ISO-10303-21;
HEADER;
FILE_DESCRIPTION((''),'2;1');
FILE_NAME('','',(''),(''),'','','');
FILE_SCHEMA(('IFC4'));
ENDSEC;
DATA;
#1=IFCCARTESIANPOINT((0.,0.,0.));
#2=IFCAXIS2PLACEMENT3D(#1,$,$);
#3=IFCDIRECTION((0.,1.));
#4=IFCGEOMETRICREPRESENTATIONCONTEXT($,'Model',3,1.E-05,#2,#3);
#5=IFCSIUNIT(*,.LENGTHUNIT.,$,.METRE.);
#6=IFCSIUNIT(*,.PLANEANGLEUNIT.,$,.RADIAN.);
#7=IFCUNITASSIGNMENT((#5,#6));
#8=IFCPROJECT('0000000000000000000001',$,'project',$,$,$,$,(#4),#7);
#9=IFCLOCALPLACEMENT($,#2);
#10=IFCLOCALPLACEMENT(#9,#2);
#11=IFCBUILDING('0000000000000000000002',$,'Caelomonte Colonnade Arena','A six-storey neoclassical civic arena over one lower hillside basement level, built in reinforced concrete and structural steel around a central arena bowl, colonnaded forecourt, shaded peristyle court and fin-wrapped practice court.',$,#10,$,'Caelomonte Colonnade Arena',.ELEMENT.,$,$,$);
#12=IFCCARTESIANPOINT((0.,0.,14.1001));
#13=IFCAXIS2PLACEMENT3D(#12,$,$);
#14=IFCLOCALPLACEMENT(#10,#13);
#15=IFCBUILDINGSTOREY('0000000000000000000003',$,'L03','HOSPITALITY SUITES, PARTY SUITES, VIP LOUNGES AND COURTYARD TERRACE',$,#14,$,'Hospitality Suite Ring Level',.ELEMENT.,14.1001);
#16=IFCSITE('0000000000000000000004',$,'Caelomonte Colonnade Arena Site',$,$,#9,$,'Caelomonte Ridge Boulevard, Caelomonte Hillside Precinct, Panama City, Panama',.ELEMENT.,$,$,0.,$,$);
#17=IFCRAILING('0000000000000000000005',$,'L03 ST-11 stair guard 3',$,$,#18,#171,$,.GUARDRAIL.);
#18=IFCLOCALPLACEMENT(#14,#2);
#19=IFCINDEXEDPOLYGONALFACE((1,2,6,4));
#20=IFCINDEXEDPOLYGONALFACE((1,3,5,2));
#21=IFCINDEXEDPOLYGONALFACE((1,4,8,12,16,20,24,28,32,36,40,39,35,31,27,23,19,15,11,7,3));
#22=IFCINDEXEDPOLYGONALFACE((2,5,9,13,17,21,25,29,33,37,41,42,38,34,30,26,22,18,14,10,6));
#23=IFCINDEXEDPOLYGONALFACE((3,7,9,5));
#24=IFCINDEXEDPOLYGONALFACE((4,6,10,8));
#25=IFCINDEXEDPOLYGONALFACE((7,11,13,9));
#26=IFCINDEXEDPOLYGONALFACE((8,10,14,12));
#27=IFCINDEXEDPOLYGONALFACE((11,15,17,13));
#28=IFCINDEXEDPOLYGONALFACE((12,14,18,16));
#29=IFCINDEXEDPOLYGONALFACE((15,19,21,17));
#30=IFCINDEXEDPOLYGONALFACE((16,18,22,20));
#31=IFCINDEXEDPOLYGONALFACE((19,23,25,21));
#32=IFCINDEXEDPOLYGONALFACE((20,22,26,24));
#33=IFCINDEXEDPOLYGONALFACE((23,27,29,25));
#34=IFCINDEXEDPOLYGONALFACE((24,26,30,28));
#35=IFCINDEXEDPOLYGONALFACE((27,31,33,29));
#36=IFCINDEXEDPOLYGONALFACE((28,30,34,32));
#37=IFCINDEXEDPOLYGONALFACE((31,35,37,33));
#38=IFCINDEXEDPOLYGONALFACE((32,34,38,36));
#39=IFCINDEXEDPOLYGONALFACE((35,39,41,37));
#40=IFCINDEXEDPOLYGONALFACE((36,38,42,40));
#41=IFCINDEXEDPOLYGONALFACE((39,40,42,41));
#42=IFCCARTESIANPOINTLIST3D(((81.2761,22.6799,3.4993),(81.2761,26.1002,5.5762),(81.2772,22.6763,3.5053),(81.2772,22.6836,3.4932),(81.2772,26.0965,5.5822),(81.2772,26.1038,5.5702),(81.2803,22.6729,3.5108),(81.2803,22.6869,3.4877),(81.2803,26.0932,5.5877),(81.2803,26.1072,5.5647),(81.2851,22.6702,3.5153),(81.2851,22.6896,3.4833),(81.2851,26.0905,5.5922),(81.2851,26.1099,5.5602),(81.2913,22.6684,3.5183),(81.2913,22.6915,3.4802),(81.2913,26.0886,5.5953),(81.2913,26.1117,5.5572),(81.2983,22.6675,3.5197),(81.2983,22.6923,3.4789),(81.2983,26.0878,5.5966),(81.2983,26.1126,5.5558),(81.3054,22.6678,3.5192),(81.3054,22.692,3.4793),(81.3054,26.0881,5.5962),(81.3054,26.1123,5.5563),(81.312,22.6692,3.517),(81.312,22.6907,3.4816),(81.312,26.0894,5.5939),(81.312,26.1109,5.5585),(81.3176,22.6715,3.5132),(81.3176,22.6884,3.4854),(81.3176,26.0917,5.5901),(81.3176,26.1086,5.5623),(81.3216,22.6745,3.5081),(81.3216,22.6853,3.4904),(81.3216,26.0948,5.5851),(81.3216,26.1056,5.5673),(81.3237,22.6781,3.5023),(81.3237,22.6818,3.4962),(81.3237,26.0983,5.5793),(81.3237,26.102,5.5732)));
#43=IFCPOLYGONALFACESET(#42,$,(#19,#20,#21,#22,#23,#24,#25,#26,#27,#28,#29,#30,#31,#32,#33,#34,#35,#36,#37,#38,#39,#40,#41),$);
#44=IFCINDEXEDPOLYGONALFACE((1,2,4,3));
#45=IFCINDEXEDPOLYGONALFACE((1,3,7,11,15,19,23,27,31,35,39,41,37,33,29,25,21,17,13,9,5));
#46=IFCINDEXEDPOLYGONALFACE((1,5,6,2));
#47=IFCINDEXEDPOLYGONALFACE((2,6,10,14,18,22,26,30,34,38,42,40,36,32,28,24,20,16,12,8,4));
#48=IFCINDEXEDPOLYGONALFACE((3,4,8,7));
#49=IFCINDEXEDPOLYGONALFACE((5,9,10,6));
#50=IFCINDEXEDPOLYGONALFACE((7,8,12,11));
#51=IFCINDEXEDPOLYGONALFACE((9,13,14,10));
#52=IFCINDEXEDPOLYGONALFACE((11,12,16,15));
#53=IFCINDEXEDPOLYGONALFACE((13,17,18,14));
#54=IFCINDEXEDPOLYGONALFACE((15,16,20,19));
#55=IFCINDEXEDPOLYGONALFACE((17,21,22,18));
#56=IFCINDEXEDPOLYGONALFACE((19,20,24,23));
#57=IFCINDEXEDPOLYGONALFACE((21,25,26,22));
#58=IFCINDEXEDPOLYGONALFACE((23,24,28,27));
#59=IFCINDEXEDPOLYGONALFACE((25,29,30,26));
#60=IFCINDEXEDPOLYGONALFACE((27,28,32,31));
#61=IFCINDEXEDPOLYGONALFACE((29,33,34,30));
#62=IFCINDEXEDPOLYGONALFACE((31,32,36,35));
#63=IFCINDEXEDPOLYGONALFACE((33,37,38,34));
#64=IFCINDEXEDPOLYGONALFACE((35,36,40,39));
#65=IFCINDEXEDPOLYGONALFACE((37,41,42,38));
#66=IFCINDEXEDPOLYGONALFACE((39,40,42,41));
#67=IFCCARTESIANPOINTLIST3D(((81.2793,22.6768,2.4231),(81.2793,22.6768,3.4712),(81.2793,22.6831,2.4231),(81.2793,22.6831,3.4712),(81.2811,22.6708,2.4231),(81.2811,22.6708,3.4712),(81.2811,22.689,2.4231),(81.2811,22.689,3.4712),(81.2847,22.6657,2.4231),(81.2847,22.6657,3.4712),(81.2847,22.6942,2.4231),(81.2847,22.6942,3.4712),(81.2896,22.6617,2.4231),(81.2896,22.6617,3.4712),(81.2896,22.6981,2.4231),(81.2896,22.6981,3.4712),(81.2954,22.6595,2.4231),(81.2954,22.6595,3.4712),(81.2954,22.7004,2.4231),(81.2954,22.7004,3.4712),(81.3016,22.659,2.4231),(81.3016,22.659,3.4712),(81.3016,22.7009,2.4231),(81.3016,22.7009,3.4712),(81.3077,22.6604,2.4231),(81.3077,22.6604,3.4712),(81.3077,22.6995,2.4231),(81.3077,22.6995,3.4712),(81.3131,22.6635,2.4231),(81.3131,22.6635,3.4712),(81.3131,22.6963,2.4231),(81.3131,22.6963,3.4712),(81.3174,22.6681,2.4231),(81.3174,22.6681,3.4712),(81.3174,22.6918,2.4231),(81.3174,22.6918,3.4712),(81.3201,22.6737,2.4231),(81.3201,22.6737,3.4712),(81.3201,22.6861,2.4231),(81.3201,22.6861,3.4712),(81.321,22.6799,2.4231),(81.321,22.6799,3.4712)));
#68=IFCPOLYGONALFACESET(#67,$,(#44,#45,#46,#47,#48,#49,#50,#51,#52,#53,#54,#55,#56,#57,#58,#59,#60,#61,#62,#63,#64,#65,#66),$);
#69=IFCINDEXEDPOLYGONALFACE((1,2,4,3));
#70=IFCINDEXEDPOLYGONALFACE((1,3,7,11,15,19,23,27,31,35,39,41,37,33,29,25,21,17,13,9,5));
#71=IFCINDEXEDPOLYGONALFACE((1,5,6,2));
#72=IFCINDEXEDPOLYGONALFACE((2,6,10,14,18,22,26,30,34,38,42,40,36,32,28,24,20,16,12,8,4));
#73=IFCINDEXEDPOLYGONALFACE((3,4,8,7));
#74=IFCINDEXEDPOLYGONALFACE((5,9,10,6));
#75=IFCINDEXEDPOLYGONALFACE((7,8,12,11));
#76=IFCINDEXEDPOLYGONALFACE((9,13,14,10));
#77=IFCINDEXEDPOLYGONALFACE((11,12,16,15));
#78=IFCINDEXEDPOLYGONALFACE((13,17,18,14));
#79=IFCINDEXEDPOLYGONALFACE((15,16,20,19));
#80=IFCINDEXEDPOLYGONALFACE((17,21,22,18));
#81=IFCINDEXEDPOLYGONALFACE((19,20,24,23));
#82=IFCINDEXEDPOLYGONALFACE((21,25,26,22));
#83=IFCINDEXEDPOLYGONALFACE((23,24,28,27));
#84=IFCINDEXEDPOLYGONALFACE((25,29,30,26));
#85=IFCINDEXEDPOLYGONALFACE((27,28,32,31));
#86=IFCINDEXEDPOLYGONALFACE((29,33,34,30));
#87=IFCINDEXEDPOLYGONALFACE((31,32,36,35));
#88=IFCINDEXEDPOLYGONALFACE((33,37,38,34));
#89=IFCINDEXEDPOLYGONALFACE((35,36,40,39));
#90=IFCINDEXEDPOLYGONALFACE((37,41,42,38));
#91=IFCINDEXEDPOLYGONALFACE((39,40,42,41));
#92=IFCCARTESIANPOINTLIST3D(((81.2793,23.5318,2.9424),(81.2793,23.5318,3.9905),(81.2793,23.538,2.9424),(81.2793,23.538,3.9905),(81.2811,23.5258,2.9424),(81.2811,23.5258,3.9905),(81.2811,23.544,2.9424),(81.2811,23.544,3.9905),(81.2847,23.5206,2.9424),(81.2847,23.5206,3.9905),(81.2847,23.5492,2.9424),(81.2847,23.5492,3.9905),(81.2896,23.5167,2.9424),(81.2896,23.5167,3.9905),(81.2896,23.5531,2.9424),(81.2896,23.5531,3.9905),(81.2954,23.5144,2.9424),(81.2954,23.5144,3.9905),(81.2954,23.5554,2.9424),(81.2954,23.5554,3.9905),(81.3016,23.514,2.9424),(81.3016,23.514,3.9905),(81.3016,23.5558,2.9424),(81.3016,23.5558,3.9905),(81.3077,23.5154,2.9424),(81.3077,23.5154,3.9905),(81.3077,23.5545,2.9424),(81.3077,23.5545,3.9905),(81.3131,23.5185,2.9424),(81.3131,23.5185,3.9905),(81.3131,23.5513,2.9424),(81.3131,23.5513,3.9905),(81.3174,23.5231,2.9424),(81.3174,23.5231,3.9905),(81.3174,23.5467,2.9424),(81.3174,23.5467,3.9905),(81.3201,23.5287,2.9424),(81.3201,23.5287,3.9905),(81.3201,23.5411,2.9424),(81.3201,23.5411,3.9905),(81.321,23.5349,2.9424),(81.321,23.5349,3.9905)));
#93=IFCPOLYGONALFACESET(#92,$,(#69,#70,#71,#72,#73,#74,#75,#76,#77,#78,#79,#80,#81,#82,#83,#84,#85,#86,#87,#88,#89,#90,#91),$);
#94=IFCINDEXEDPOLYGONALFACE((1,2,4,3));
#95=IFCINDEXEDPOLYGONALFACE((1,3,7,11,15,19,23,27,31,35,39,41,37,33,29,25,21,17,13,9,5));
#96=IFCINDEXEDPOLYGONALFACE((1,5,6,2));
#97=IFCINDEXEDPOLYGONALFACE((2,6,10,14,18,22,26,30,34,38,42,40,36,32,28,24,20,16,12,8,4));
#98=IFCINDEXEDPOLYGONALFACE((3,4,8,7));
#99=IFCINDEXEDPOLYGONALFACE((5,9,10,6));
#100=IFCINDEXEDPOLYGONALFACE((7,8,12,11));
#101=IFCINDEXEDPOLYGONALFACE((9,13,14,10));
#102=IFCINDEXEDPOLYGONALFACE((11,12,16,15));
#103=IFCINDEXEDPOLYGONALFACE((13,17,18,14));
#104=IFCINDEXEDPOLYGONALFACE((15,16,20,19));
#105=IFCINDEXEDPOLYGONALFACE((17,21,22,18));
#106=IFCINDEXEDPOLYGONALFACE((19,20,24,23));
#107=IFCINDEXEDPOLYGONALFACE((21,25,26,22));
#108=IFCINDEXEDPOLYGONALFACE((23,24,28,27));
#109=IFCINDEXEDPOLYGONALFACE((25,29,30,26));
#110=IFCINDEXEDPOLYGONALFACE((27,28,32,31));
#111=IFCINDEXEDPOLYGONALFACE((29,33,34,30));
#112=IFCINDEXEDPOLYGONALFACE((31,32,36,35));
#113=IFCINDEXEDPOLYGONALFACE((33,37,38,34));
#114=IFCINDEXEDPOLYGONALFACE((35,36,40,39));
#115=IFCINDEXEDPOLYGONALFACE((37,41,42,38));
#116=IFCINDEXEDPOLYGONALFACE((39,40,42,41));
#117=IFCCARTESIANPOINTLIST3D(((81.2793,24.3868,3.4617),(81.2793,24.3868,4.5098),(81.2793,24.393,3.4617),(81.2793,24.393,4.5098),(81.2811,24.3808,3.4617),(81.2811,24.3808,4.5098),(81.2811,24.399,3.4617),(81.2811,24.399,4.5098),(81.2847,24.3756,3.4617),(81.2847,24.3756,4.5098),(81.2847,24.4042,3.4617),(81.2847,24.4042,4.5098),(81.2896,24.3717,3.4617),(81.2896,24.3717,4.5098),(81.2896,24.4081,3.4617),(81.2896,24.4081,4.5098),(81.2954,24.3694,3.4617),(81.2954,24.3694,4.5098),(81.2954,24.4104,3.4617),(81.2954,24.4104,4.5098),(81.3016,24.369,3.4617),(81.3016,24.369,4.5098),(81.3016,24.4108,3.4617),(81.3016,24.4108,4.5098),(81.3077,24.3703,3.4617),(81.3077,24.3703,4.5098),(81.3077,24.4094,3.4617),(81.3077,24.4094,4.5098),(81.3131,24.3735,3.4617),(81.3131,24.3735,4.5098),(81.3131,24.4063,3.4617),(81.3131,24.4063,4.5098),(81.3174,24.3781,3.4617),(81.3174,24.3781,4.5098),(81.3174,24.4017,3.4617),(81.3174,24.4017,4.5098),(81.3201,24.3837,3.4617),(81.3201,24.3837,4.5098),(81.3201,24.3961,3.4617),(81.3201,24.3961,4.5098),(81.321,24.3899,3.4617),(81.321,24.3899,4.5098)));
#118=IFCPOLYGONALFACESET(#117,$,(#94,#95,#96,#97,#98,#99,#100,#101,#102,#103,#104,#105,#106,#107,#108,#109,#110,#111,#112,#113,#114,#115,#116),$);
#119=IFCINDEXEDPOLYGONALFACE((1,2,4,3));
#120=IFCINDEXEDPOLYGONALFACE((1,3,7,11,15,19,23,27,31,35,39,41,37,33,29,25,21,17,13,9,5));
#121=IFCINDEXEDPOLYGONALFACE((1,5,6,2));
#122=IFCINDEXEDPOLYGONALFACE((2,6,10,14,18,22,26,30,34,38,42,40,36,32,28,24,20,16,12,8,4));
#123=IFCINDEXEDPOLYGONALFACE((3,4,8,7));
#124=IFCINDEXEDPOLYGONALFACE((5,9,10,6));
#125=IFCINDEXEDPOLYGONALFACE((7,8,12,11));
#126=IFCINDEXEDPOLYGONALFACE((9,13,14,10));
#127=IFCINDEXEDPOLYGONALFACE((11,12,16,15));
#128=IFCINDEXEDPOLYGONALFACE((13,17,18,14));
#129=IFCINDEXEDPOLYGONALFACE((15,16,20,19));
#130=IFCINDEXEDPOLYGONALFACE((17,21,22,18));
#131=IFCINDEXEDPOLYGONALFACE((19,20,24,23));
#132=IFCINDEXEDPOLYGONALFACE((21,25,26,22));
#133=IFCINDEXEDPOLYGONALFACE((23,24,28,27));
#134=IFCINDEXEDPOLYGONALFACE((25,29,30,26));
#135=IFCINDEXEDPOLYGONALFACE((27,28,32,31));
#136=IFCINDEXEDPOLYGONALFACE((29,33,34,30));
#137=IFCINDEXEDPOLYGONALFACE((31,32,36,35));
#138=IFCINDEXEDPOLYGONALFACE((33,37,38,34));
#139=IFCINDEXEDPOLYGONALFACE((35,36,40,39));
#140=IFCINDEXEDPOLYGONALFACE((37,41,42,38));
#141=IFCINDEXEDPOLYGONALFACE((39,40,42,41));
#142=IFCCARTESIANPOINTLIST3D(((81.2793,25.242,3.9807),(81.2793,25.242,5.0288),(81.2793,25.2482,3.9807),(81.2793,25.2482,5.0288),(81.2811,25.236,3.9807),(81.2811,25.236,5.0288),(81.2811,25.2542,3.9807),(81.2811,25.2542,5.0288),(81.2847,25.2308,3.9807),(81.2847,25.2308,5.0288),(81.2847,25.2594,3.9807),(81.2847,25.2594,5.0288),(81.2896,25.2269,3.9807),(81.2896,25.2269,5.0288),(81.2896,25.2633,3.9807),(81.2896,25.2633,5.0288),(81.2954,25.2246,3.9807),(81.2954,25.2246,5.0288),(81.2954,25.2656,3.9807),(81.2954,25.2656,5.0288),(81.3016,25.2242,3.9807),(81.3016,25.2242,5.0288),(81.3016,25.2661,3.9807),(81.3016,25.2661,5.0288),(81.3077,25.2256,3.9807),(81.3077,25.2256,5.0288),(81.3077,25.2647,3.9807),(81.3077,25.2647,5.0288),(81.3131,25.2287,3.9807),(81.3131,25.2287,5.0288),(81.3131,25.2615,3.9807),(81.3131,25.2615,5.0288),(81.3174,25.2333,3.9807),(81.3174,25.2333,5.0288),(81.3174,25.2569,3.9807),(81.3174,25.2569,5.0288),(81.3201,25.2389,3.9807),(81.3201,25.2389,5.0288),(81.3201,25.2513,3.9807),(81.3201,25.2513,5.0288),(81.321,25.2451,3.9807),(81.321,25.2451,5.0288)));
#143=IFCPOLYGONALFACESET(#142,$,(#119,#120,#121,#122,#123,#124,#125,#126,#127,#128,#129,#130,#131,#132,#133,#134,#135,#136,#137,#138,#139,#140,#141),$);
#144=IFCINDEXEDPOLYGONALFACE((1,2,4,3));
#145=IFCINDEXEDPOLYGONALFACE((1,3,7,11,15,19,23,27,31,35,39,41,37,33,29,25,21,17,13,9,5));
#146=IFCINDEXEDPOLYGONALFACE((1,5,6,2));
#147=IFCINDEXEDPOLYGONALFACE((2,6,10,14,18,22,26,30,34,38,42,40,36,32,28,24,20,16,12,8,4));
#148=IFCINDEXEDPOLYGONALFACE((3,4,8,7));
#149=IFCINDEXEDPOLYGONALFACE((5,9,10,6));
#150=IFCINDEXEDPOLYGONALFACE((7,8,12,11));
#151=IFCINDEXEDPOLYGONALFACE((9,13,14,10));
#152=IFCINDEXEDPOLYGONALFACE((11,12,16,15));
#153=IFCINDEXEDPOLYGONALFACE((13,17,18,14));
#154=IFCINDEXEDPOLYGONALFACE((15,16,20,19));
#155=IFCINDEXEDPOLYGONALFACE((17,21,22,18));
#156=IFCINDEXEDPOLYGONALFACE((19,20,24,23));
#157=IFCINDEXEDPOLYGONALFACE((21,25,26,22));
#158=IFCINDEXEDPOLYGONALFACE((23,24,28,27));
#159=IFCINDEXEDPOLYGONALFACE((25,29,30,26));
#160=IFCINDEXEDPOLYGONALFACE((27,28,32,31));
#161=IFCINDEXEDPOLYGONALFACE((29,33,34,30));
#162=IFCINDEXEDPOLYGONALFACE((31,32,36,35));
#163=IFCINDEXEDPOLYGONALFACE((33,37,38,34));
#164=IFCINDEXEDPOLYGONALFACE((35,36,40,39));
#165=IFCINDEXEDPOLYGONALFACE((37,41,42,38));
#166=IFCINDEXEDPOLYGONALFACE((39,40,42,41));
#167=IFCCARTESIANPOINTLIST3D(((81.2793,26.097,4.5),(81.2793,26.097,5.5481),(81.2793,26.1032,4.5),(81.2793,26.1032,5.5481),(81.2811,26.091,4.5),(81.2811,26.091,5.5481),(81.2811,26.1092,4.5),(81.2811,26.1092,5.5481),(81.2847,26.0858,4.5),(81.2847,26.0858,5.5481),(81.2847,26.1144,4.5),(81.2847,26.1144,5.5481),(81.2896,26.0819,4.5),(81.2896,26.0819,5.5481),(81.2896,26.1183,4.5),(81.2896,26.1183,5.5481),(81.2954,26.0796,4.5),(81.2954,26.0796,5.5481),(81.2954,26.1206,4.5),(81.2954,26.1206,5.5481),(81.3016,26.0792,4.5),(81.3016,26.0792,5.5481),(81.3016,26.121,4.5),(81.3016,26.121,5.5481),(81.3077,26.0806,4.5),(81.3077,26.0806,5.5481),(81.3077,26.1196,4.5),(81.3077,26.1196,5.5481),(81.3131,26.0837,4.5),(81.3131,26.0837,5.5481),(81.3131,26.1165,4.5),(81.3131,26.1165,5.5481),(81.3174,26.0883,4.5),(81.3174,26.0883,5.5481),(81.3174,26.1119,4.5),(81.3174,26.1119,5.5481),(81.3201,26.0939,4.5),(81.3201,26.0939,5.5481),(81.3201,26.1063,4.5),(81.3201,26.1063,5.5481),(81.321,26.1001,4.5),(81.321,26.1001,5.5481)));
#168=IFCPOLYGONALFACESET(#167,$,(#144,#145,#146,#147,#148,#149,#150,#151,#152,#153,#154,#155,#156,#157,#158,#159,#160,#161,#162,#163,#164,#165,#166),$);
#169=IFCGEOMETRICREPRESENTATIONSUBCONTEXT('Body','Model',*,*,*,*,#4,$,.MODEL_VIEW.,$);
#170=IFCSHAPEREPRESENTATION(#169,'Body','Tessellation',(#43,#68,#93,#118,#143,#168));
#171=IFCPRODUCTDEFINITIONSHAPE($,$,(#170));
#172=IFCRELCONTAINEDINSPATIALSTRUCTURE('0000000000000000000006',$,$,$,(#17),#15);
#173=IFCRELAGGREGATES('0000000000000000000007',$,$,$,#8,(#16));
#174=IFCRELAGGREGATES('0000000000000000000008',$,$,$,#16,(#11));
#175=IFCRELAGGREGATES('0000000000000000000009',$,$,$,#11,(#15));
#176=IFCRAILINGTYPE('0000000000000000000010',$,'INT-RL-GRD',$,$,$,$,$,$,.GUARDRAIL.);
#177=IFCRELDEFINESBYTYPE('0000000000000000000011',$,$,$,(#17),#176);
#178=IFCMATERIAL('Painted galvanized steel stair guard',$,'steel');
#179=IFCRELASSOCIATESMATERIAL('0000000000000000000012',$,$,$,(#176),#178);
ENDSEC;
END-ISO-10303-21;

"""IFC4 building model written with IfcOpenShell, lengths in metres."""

from ifc_helpers import new_model, si_unit, direction, frame, origin, origin_2d, place, context, subcontext, project, spatial, circle, extrude, material, type_object, element, save


model = new_model("IFC4")

# Units and contexts
model_context = context("Model", 3, precision=1e-05, world=origin(), true_north=direction((0.0, 1.0)))
body_context = subcontext(model_context, "Body", "Model", "MODEL_VIEW")
ifc_project = project(units=[si_unit("LENGTHUNIT", "METRE"), si_unit("PLANEANGLEUNIT", "RADIAN")], contexts=[model_context])

# Site, building, storey
site_placement = place(None, origin())
site = spatial("IfcSite", under=ifc_project, at=site_placement, Name="Caelomonte Colonnade Arena Site", LongName="Caelomonte Ridge Boulevard, Caelomonte Hillside Precinct, Panama City, Panama", CompositionType="ELEMENT", RefElevation=0.0)
building_placement = place(site_placement, origin())
building = spatial("IfcBuilding", under=site, at=building_placement, Name="Caelomonte Colonnade Arena", Description="A six-storey neoclassical civic arena over one lower hillside basement level, built in reinforced concrete and structural steel around a central arena bowl, colonnaded forecourt, shaded peristyle court and fin-wrapped practice court.", LongName="Caelomonte Colonnade Arena", CompositionType="ELEMENT")
storey_placement = place(building_placement, frame((0.0, 0.0, 14.1001)))
storey = spatial("IfcBuildingStorey", under=building, at=storey_placement, Name="L03", Description="HOSPITALITY SUITES, PARTY SUITES, VIP LOUNGES AND COURTYARD TERRACE", LongName="Hospitality Suite Ring Level", CompositionType="ELEMENT", Elevation=14.1001)

# Railing
ifc_material_1 = material(Name="Painted galvanized steel stair guard", Category="steel")
railing_type_1 = type_object("IfcRailingType", Name="INT-RL-GRD", PredefinedType="GUARDRAIL", material=ifc_material_1)
railing_1_placement = place(storey_placement, frame((81.3, 22.6799, 2.4231)))
element("IfcRailing", 1, at=railing_1_placement, inside=storey, type_object=railing_type_1, Name="L03 ST-11 stair guard 3", PredefinedType="GUARDRAIL", context=body_context, shape_type="SweptSolid", body=[
    extrude(circle(Radius=0.0239, at=origin_2d()), frame((0.0, 0.0, 1.0762), z_axis=(0.0, 0.854746, 0.519047), x_axis=(-1.0, 0.0, 0.0)), (0.0, 0.0, 1.0), 4.0015),
    extrude(circle(Radius=0.021, at=origin_2d()), origin(), (0.0, 0.0, 1.0), 1.0481),
    extrude(circle(Radius=0.021, at=origin_2d()), frame((0.0, 0.855, 0.5193)), (0.0, 0.0, 1.0), 1.0481),
    extrude(circle(Radius=0.021, at=origin_2d()), frame((0.0, 1.71, 1.0386)), (0.0, 0.0, 1.0), 1.0481),
    extrude(circle(Radius=0.021, at=origin_2d()), frame((0.0, 2.5652, 1.5576)), (0.0, 0.0, 1.0), 1.0481),
    extrude(circle(Radius=0.021, at=origin_2d()), frame((0.0, 3.4202, 2.0769)), (0.0, 0.0, 1.0), 1.0481),
])

save(model, "model.ifc")
